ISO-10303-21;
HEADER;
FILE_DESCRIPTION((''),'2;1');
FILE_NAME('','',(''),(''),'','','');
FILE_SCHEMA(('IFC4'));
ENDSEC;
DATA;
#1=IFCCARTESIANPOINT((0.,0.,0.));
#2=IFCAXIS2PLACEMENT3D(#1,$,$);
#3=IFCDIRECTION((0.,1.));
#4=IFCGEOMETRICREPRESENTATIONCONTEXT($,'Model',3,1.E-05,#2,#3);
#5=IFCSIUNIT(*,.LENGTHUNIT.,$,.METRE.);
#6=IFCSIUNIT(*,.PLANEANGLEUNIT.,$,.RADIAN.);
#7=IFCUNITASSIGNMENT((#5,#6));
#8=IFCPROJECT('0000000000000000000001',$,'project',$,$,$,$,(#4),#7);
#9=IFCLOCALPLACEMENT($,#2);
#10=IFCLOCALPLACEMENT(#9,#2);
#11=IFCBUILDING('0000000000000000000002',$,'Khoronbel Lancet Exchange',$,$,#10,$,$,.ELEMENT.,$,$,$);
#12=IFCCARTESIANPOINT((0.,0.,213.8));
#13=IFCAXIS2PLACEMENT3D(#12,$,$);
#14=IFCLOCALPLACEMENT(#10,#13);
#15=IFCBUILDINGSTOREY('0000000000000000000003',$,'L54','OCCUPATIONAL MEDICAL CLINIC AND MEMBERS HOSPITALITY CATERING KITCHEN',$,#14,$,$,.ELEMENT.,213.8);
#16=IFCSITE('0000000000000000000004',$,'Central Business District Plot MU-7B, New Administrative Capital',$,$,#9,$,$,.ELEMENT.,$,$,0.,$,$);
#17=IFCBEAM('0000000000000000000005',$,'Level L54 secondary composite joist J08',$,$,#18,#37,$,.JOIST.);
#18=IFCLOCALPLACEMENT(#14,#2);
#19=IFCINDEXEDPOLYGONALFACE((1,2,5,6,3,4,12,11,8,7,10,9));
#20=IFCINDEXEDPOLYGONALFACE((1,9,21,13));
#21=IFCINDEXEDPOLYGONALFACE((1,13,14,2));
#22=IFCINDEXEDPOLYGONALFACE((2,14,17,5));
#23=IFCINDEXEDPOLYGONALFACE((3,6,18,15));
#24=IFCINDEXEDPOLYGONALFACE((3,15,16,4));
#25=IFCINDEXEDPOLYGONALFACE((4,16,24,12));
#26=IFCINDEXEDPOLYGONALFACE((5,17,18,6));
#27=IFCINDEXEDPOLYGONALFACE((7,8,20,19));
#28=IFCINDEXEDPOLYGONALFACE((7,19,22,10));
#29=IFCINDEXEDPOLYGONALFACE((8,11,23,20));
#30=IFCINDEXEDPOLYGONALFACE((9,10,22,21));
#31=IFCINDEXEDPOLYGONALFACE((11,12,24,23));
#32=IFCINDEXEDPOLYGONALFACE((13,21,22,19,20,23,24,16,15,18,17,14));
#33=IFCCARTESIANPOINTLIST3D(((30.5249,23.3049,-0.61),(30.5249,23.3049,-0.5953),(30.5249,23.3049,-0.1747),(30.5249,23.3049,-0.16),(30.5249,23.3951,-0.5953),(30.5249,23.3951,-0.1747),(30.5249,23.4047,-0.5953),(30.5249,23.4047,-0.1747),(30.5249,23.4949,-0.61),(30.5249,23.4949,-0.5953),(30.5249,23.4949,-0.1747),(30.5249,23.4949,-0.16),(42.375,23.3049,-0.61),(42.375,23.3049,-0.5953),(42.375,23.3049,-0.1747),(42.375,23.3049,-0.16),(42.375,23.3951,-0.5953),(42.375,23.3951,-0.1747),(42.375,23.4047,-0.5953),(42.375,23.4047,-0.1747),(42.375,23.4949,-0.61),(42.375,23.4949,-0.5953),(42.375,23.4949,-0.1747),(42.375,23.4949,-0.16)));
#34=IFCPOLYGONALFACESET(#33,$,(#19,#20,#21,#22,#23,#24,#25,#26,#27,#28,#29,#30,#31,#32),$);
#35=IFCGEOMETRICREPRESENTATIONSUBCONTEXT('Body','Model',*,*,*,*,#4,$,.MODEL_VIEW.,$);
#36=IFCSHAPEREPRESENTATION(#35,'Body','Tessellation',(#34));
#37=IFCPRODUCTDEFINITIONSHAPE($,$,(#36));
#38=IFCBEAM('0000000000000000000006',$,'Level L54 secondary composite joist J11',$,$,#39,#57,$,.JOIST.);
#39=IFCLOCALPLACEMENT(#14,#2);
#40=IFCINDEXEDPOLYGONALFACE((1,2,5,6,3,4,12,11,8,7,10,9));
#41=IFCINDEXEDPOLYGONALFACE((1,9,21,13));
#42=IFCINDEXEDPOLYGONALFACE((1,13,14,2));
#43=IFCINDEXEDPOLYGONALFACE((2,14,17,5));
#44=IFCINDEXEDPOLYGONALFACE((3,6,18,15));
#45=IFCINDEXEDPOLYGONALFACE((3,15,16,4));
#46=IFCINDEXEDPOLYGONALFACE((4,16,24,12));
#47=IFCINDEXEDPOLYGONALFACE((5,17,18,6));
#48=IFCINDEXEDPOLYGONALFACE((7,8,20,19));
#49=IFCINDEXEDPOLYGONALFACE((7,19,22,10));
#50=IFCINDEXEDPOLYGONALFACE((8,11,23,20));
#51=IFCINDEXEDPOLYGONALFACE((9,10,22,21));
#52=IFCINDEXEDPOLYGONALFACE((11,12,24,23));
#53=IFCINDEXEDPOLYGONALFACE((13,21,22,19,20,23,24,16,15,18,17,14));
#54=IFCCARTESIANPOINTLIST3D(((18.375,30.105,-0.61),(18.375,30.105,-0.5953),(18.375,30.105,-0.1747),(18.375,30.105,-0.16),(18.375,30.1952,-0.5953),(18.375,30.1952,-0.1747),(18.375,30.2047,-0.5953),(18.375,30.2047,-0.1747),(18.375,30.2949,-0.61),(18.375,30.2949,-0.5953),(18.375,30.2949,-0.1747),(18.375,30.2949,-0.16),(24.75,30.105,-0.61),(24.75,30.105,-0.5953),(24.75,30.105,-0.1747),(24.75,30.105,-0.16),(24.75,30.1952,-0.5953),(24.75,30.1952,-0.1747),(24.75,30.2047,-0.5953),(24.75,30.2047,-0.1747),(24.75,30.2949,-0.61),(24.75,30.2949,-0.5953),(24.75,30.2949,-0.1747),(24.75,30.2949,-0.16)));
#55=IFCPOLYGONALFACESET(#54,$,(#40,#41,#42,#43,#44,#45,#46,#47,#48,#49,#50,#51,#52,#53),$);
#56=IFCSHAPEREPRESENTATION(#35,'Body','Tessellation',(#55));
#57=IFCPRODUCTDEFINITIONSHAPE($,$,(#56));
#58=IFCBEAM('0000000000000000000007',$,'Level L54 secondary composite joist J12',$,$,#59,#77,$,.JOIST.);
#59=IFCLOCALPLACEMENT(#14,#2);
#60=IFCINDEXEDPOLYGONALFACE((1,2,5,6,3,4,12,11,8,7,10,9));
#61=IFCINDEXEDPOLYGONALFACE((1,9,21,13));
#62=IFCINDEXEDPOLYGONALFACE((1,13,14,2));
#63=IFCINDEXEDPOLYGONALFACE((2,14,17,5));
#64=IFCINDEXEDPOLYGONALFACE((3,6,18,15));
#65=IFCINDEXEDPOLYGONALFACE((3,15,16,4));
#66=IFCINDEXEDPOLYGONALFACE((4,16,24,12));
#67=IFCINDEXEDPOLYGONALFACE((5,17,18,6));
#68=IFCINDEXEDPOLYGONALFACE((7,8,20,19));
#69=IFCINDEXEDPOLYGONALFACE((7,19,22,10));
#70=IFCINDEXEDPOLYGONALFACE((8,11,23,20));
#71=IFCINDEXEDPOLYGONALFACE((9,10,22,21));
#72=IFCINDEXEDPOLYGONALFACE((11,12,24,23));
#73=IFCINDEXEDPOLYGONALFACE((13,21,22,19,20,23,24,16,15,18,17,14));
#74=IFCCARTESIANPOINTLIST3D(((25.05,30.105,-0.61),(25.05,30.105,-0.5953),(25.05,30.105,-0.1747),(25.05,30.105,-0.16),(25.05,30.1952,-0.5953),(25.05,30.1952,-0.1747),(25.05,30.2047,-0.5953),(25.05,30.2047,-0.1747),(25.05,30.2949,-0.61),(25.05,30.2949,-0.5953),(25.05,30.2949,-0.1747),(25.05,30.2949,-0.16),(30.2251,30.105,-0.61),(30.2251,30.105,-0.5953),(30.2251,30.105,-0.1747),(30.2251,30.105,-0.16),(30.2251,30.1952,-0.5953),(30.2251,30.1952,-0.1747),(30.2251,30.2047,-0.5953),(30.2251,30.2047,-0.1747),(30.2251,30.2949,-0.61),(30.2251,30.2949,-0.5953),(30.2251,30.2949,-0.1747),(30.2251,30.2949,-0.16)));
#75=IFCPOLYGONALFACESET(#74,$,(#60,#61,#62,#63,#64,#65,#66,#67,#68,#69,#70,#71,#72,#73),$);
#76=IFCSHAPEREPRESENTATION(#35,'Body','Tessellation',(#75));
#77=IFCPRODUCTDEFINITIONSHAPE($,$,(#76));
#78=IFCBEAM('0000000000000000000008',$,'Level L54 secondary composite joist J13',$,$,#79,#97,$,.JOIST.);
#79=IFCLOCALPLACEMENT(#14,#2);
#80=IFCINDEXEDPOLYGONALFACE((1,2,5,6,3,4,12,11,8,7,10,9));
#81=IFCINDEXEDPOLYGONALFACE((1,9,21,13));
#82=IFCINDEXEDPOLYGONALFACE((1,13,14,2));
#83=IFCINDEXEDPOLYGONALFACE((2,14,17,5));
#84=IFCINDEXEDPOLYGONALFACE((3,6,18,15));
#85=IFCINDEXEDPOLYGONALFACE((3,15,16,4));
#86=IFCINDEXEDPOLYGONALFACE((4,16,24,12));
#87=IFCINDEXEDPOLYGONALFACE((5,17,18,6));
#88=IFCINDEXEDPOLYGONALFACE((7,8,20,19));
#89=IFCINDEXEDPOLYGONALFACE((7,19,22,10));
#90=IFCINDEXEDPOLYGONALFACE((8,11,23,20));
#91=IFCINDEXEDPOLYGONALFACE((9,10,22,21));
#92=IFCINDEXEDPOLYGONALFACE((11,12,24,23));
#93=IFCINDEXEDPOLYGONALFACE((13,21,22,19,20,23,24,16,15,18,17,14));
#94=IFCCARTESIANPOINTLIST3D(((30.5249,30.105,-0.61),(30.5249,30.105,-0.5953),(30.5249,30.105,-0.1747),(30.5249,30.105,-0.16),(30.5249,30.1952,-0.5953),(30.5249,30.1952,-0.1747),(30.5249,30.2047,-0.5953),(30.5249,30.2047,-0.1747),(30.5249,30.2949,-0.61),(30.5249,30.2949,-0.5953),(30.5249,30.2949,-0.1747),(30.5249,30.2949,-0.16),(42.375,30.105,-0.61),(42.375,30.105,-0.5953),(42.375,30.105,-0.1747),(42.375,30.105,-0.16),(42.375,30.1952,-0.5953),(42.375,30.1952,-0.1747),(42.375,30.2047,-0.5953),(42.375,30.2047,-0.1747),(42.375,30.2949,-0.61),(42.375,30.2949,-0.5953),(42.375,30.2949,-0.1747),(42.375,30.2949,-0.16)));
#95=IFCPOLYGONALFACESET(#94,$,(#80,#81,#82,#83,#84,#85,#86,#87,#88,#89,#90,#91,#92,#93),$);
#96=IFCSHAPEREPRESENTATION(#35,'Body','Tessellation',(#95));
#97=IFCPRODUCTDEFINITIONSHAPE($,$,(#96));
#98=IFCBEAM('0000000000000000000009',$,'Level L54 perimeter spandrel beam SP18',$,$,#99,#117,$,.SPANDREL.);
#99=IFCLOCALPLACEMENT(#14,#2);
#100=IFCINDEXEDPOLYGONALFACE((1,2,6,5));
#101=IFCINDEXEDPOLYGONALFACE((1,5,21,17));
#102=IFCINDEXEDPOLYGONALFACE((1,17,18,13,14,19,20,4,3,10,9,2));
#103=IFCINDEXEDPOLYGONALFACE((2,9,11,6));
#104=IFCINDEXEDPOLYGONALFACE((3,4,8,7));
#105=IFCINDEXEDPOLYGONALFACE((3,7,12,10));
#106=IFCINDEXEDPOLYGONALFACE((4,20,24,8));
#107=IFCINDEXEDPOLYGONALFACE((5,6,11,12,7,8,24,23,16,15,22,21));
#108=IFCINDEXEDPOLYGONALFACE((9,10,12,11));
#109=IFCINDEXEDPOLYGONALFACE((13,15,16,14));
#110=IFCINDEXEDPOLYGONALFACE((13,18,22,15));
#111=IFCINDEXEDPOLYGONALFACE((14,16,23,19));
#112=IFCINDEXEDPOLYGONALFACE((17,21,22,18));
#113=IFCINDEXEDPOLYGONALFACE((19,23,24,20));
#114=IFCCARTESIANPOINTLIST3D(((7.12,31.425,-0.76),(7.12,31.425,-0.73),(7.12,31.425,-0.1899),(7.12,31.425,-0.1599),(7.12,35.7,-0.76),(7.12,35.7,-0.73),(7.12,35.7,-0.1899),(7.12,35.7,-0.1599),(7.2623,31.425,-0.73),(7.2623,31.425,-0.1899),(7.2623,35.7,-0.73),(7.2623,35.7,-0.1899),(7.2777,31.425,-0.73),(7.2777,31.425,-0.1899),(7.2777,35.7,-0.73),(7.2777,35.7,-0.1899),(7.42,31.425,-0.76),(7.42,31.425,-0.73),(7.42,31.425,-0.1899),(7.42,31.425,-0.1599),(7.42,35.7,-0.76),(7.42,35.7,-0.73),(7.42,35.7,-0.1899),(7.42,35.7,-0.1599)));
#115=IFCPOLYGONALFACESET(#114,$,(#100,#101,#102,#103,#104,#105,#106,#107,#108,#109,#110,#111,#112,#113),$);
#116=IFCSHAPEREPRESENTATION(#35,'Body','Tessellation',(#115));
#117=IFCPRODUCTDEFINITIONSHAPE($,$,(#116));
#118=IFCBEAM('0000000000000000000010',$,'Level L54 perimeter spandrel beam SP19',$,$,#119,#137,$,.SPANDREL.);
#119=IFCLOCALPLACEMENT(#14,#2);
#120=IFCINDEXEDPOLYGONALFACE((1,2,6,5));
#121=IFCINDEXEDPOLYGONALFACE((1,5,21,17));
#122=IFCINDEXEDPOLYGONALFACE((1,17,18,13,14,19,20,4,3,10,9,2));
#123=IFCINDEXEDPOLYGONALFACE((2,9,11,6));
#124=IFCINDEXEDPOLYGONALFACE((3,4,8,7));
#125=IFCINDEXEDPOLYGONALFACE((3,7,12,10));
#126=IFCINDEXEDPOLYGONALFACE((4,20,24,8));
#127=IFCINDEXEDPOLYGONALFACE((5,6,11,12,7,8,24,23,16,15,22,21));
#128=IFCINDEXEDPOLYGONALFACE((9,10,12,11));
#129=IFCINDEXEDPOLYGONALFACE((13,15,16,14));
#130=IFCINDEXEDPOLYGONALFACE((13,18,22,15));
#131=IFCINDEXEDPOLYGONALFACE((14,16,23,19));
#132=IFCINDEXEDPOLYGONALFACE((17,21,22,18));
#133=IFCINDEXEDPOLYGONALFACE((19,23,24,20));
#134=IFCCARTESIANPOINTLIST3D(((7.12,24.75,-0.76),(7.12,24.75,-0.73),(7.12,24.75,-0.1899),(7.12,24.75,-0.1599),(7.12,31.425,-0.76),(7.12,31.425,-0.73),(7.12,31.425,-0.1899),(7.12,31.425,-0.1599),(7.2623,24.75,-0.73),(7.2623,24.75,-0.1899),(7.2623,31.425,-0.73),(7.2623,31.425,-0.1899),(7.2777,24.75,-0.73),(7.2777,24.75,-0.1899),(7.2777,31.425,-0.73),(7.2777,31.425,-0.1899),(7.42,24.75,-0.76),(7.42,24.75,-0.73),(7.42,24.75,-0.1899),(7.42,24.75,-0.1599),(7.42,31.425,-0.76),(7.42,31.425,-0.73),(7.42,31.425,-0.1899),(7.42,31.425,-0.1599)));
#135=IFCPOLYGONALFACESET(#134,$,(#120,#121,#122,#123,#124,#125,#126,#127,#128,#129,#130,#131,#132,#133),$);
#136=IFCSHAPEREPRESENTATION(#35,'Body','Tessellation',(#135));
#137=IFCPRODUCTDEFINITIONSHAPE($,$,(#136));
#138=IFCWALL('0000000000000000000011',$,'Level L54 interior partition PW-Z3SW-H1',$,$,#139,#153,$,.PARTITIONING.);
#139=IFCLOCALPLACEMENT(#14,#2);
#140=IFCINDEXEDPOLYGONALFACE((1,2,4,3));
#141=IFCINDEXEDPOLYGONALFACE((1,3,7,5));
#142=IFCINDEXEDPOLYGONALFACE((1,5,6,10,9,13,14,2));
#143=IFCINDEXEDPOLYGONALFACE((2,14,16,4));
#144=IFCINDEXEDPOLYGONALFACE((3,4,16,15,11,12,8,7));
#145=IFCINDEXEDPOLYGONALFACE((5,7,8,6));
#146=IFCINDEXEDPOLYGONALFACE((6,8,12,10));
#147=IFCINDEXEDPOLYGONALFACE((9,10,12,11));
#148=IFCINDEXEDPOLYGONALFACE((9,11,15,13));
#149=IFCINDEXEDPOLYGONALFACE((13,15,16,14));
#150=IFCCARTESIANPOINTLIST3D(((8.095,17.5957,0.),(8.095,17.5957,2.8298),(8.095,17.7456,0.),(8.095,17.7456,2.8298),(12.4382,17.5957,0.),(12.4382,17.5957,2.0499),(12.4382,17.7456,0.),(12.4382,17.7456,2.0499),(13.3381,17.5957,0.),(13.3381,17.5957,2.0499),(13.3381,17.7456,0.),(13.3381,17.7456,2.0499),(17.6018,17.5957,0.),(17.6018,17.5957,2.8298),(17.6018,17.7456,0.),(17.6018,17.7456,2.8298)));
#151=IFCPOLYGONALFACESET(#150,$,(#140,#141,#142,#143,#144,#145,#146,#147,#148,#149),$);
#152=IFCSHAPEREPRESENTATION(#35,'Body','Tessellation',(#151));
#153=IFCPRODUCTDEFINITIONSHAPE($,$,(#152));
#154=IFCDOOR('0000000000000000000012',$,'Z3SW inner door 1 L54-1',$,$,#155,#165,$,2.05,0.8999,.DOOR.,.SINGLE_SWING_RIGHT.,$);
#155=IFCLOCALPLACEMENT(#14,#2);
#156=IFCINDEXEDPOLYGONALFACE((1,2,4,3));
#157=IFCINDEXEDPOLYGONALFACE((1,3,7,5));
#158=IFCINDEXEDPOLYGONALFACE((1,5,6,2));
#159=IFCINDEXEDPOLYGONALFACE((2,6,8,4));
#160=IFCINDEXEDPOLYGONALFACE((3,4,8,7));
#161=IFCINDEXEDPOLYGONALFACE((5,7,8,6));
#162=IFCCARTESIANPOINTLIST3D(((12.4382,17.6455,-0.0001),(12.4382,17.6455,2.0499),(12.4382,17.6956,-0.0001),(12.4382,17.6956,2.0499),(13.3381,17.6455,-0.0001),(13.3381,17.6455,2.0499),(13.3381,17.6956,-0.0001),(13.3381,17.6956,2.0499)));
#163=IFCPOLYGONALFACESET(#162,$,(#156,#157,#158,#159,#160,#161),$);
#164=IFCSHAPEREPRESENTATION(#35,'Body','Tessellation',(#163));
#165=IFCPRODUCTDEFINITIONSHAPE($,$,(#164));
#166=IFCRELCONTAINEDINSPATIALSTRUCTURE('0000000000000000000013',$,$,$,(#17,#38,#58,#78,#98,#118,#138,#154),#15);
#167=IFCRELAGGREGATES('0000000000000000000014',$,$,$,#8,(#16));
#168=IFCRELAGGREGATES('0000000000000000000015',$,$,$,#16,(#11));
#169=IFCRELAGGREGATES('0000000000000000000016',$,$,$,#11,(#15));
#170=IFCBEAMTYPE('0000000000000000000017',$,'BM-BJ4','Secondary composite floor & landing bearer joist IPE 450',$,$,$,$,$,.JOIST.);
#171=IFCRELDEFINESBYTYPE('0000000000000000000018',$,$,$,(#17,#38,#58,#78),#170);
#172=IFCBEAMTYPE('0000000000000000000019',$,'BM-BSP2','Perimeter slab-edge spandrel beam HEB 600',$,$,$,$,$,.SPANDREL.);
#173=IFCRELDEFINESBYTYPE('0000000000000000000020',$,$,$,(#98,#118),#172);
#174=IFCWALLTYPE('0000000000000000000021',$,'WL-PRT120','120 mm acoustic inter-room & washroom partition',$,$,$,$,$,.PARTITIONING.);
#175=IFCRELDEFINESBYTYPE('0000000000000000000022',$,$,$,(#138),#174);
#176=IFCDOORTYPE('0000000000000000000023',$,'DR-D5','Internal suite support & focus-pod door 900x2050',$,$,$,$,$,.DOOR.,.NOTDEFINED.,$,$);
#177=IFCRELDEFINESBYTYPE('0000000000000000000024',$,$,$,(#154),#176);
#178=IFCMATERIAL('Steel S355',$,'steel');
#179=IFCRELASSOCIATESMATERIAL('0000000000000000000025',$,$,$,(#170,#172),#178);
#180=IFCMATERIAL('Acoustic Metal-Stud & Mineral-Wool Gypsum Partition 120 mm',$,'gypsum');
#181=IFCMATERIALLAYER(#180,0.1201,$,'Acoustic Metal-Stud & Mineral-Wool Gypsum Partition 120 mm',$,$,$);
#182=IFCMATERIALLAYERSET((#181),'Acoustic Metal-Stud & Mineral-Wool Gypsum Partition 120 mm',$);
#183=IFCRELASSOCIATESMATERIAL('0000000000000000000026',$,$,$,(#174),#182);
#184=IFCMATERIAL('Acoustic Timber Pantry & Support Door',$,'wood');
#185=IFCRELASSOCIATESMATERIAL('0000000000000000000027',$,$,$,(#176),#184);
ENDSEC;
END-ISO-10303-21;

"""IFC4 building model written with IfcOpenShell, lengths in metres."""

from ifc_helpers import new_model, si_unit, direction, frame, frame_2d, origin, origin_2d, place, context, subcontext, project, spatial, rectangle, i_section, extrude, material, layer, layer_set, material_profile, profile_set, type_object, element, fill, save


model = new_model("IFC4")

# Units and contexts
model_context = context("Model", 3, precision=1e-05, world=origin(), true_north=direction((0.0, 1.0)))
body_context = subcontext(model_context, "Body", "Model", "MODEL_VIEW")
ifc_project = project(units=[si_unit("LENGTHUNIT", "METRE"), si_unit("PLANEANGLEUNIT", "RADIAN")], contexts=[model_context])

# Site, building, storey
site_placement = place(None, origin())
site = spatial("IfcSite", under=ifc_project, at=site_placement, Name="Central Business District Plot MU-7B, New Administrative Capital", CompositionType="ELEMENT", RefElevation=0.0)
building_placement = place(site_placement, origin())
building = spatial("IfcBuilding", under=site, at=building_placement, Name="Khoronbel Lancet Exchange", CompositionType="ELEMENT")
storey_placement = place(building_placement, frame((0.0, 0.0, 213.8)))
storey = spatial("IfcBuildingStorey", under=building, at=storey_placement, Name="L54", Description="OCCUPATIONAL MEDICAL CLINIC AND MEMBERS HOSPITALITY CATERING KITCHEN", CompositionType="ELEMENT", Elevation=213.8)

# Shared definitions
ifc_material_1 = material(Name="Steel S355", Category="steel")

# Beams
ifc_material_profile_1 = material_profile(ifc_material_1, i_section(OverallWidth=0.1899, OverallDepth=0.45, WebThickness=0.0095, FlangeThickness=0.0146, at=origin_2d()), Name="IPE 450")
ifc_profile_set_1 = profile_set([ifc_material_profile_1], Name="Steel S355")
beam_type_1 = type_object("IfcBeamType", Name="BM-BJ4", Description="Secondary composite floor & landing bearer joist IPE 450", PredefinedType="JOIST", material=ifc_profile_set_1)
beam_1_placement = place(storey_placement, frame((30.5249, 23.3999, -0.385), z_axis=(1.0, 0.0, 0.0), x_axis=(0.0, 1.0, 0.0)))
element("IfcBeam", 1, at=beam_1_placement, inside=storey, type_object=beam_type_1, Name="Level L54 secondary composite joist J08", PredefinedType="JOIST", context=body_context, shape_type="SweptSolid", body=[
    extrude(i_section(OverallWidth=0.1899, OverallDepth=0.45, WebThickness=0.0095, FlangeThickness=0.0146, at=origin_2d()), origin(), (0.0, 0.0, 1.0), 11.8501),
])
beam_2_placement = place(storey_placement, frame((18.375, 30.2, -0.385), z_axis=(1.0, 0.0, 0.0), x_axis=(0.0, 1.0, 0.0)))
element("IfcBeam", 2, at=beam_2_placement, inside=storey, type_object=beam_type_1, Name="Level L54 secondary composite joist J11", PredefinedType="JOIST", context=body_context, shape_type="SweptSolid", body=[
    extrude(i_section(OverallWidth=0.1899, OverallDepth=0.45, WebThickness=0.0095, FlangeThickness=0.0146, at=origin_2d()), origin(), (0.0, 0.0, 1.0), 6.375),
])
beam_3_placement = place(storey_placement, frame((25.05, 30.2, -0.385), z_axis=(1.0, 0.0, 0.0), x_axis=(0.0, 1.0, 0.0)))
element("IfcBeam", 3, at=beam_3_placement, inside=storey, type_object=beam_type_1, Name="Level L54 secondary composite joist J12", PredefinedType="JOIST", context=body_context, shape_type="SweptSolid", body=[
    extrude(i_section(OverallWidth=0.1899, OverallDepth=0.45, WebThickness=0.0095, FlangeThickness=0.0146, at=origin_2d()), origin(), (0.0, 0.0, 1.0), 5.175),
])
beam_4_placement = place(storey_placement, frame((30.5249, 30.2, -0.385), z_axis=(1.0, 0.0, 0.0), x_axis=(0.0, 1.0, 0.0)))
element("IfcBeam", 4, at=beam_4_placement, inside=storey, type_object=beam_type_1, Name="Level L54 secondary composite joist J13", PredefinedType="JOIST", context=body_context, shape_type="SweptSolid", body=[
    extrude(i_section(OverallWidth=0.1899, OverallDepth=0.45, WebThickness=0.0095, FlangeThickness=0.0146, at=origin_2d()), origin(), (0.0, 0.0, 1.0), 11.8501),
])
ifc_material_profile_2 = material_profile(ifc_material_1, i_section(OverallWidth=0.3, OverallDepth=0.6001, WebThickness=0.0154, FlangeThickness=0.03, at=origin_2d()), Name="HEB 600")
ifc_profile_set_2 = profile_set([ifc_material_profile_2], Name="Steel S355")
beam_type_2 = type_object("IfcBeamType", Name="BM-BSP2", Description="Perimeter slab-edge spandrel beam HEB 600", PredefinedType="SPANDREL", material=ifc_profile_set_2)
beam_5_placement = place(storey_placement, frame((7.27, 35.7, -0.46), z_axis=(0.0, -1.0, 0.0), x_axis=(1.0, 0.0, 0.0)))
element("IfcBeam", 5, at=beam_5_placement, inside=storey, type_object=beam_type_2, Name="Level L54 perimeter spandrel beam SP18", PredefinedType="SPANDREL", context=body_context, shape_type="SweptSolid", body=[
    extrude(i_section(OverallWidth=0.3, OverallDepth=0.6001, WebThickness=0.0154, FlangeThickness=0.03, at=origin_2d()), origin(), (0.0, 0.0, 1.0), 4.2749),
])
beam_6_placement = place(storey_placement, frame((7.27, 31.425, -0.46), z_axis=(0.0, -1.0, 0.0), x_axis=(1.0, 0.0, 0.0)))
element("IfcBeam", 6, at=beam_6_placement, inside=storey, type_object=beam_type_2, Name="Level L54 perimeter spandrel beam SP19", PredefinedType="SPANDREL", context=body_context, shape_type="SweptSolid", body=[
    extrude(i_section(OverallWidth=0.3, OverallDepth=0.6001, WebThickness=0.0154, FlangeThickness=0.03, at=origin_2d()), origin(), (0.0, 0.0, 1.0), 6.675),
])

# Wall, opening, door
ifc_material_2 = material(Name="Acoustic Metal-Stud & Mineral-Wool Gypsum Partition 120 mm", Category="gypsum")
ifc_layer_1 = layer(ifc_material_2, 0.1201, Name="Acoustic Metal-Stud & Mineral-Wool Gypsum Partition 120 mm")
ifc_layer_set_1 = layer_set([ifc_layer_1], Name="Acoustic Metal-Stud & Mineral-Wool Gypsum Partition 120 mm")
wall_type_1 = type_object("IfcWallType", Name="WL-PRT120", Description="120 mm acoustic inter-room & washroom partition", PredefinedType="PARTITIONING", material=ifc_layer_set_1)
wall_1_placement = place(storey_placement, frame((8.095, 17.6707, 0.0), z_axis=(0.0, 0.0, 1.0), x_axis=(1.0, 0.0, 0.0)))
wall_1 = element("IfcWall", 7, at=wall_1_placement, inside=storey, type_object=wall_type_1, Name="Level L54 interior partition PW-Z3SW-H1", PredefinedType="PARTITIONING", context=body_context, shape_type="SweptSolid", body=[
    extrude(rectangle(XDim=9.5068, YDim=0.1499, at=frame_2d((4.7534, 0.0))), origin(), (0.0, 0.0, 1.0), 2.8298),
])
opening_1_placement = place(wall_1_placement, frame((4.3433, 0.0, 0.0)))
opening_1 = element("IfcOpeningElement", 8, at=opening_1_placement, cuts=wall_1, PredefinedType="OPENING", context=body_context, shape_type="SweptSolid", body=[
    extrude(rectangle(XDim=0.8999, YDim=2.05, at=frame_2d((0.45, 1.0249))), frame((0.0, 0.085, 0.0), z_axis=(0.0, -1.0, 0.0), x_axis=(1.0, 0.0, 0.0)), (0.0, 0.0, 1.0), 0.1699),
])
ifc_material_3 = material(Name="Acoustic Timber Pantry & Support Door", Category="wood")
door_type_1 = type_object("IfcDoorType", Name="DR-D5", Description="Internal suite support & focus-pod door 900x2050", OperationType="NOTDEFINED", PredefinedType="DOOR", material=ifc_material_3)
door_1_placement = place(opening_1_placement, origin())
door_1 = element("IfcDoor", 9, at=door_1_placement, inside=storey, type_object=door_type_1, Name="Z3SW inner door 1 L54-1", OperationType="SINGLE_SWING_RIGHT", OverallHeight=2.05, OverallWidth=0.8999, PredefinedType="DOOR", context=body_context, shape_type="SweptSolid", body=[
    extrude(rectangle(XDim=0.8999, YDim=2.05, at=frame_2d((0.45, 1.0249))), frame((0.0, 0.0249, 0.0), z_axis=(0.0, -1.0, 0.0), x_axis=(1.0, 0.0, 0.0)), (0.0, 0.0, 1.0), 0.05),
])
fill(opening_1, door_1)

save(model, "model.ifc")
